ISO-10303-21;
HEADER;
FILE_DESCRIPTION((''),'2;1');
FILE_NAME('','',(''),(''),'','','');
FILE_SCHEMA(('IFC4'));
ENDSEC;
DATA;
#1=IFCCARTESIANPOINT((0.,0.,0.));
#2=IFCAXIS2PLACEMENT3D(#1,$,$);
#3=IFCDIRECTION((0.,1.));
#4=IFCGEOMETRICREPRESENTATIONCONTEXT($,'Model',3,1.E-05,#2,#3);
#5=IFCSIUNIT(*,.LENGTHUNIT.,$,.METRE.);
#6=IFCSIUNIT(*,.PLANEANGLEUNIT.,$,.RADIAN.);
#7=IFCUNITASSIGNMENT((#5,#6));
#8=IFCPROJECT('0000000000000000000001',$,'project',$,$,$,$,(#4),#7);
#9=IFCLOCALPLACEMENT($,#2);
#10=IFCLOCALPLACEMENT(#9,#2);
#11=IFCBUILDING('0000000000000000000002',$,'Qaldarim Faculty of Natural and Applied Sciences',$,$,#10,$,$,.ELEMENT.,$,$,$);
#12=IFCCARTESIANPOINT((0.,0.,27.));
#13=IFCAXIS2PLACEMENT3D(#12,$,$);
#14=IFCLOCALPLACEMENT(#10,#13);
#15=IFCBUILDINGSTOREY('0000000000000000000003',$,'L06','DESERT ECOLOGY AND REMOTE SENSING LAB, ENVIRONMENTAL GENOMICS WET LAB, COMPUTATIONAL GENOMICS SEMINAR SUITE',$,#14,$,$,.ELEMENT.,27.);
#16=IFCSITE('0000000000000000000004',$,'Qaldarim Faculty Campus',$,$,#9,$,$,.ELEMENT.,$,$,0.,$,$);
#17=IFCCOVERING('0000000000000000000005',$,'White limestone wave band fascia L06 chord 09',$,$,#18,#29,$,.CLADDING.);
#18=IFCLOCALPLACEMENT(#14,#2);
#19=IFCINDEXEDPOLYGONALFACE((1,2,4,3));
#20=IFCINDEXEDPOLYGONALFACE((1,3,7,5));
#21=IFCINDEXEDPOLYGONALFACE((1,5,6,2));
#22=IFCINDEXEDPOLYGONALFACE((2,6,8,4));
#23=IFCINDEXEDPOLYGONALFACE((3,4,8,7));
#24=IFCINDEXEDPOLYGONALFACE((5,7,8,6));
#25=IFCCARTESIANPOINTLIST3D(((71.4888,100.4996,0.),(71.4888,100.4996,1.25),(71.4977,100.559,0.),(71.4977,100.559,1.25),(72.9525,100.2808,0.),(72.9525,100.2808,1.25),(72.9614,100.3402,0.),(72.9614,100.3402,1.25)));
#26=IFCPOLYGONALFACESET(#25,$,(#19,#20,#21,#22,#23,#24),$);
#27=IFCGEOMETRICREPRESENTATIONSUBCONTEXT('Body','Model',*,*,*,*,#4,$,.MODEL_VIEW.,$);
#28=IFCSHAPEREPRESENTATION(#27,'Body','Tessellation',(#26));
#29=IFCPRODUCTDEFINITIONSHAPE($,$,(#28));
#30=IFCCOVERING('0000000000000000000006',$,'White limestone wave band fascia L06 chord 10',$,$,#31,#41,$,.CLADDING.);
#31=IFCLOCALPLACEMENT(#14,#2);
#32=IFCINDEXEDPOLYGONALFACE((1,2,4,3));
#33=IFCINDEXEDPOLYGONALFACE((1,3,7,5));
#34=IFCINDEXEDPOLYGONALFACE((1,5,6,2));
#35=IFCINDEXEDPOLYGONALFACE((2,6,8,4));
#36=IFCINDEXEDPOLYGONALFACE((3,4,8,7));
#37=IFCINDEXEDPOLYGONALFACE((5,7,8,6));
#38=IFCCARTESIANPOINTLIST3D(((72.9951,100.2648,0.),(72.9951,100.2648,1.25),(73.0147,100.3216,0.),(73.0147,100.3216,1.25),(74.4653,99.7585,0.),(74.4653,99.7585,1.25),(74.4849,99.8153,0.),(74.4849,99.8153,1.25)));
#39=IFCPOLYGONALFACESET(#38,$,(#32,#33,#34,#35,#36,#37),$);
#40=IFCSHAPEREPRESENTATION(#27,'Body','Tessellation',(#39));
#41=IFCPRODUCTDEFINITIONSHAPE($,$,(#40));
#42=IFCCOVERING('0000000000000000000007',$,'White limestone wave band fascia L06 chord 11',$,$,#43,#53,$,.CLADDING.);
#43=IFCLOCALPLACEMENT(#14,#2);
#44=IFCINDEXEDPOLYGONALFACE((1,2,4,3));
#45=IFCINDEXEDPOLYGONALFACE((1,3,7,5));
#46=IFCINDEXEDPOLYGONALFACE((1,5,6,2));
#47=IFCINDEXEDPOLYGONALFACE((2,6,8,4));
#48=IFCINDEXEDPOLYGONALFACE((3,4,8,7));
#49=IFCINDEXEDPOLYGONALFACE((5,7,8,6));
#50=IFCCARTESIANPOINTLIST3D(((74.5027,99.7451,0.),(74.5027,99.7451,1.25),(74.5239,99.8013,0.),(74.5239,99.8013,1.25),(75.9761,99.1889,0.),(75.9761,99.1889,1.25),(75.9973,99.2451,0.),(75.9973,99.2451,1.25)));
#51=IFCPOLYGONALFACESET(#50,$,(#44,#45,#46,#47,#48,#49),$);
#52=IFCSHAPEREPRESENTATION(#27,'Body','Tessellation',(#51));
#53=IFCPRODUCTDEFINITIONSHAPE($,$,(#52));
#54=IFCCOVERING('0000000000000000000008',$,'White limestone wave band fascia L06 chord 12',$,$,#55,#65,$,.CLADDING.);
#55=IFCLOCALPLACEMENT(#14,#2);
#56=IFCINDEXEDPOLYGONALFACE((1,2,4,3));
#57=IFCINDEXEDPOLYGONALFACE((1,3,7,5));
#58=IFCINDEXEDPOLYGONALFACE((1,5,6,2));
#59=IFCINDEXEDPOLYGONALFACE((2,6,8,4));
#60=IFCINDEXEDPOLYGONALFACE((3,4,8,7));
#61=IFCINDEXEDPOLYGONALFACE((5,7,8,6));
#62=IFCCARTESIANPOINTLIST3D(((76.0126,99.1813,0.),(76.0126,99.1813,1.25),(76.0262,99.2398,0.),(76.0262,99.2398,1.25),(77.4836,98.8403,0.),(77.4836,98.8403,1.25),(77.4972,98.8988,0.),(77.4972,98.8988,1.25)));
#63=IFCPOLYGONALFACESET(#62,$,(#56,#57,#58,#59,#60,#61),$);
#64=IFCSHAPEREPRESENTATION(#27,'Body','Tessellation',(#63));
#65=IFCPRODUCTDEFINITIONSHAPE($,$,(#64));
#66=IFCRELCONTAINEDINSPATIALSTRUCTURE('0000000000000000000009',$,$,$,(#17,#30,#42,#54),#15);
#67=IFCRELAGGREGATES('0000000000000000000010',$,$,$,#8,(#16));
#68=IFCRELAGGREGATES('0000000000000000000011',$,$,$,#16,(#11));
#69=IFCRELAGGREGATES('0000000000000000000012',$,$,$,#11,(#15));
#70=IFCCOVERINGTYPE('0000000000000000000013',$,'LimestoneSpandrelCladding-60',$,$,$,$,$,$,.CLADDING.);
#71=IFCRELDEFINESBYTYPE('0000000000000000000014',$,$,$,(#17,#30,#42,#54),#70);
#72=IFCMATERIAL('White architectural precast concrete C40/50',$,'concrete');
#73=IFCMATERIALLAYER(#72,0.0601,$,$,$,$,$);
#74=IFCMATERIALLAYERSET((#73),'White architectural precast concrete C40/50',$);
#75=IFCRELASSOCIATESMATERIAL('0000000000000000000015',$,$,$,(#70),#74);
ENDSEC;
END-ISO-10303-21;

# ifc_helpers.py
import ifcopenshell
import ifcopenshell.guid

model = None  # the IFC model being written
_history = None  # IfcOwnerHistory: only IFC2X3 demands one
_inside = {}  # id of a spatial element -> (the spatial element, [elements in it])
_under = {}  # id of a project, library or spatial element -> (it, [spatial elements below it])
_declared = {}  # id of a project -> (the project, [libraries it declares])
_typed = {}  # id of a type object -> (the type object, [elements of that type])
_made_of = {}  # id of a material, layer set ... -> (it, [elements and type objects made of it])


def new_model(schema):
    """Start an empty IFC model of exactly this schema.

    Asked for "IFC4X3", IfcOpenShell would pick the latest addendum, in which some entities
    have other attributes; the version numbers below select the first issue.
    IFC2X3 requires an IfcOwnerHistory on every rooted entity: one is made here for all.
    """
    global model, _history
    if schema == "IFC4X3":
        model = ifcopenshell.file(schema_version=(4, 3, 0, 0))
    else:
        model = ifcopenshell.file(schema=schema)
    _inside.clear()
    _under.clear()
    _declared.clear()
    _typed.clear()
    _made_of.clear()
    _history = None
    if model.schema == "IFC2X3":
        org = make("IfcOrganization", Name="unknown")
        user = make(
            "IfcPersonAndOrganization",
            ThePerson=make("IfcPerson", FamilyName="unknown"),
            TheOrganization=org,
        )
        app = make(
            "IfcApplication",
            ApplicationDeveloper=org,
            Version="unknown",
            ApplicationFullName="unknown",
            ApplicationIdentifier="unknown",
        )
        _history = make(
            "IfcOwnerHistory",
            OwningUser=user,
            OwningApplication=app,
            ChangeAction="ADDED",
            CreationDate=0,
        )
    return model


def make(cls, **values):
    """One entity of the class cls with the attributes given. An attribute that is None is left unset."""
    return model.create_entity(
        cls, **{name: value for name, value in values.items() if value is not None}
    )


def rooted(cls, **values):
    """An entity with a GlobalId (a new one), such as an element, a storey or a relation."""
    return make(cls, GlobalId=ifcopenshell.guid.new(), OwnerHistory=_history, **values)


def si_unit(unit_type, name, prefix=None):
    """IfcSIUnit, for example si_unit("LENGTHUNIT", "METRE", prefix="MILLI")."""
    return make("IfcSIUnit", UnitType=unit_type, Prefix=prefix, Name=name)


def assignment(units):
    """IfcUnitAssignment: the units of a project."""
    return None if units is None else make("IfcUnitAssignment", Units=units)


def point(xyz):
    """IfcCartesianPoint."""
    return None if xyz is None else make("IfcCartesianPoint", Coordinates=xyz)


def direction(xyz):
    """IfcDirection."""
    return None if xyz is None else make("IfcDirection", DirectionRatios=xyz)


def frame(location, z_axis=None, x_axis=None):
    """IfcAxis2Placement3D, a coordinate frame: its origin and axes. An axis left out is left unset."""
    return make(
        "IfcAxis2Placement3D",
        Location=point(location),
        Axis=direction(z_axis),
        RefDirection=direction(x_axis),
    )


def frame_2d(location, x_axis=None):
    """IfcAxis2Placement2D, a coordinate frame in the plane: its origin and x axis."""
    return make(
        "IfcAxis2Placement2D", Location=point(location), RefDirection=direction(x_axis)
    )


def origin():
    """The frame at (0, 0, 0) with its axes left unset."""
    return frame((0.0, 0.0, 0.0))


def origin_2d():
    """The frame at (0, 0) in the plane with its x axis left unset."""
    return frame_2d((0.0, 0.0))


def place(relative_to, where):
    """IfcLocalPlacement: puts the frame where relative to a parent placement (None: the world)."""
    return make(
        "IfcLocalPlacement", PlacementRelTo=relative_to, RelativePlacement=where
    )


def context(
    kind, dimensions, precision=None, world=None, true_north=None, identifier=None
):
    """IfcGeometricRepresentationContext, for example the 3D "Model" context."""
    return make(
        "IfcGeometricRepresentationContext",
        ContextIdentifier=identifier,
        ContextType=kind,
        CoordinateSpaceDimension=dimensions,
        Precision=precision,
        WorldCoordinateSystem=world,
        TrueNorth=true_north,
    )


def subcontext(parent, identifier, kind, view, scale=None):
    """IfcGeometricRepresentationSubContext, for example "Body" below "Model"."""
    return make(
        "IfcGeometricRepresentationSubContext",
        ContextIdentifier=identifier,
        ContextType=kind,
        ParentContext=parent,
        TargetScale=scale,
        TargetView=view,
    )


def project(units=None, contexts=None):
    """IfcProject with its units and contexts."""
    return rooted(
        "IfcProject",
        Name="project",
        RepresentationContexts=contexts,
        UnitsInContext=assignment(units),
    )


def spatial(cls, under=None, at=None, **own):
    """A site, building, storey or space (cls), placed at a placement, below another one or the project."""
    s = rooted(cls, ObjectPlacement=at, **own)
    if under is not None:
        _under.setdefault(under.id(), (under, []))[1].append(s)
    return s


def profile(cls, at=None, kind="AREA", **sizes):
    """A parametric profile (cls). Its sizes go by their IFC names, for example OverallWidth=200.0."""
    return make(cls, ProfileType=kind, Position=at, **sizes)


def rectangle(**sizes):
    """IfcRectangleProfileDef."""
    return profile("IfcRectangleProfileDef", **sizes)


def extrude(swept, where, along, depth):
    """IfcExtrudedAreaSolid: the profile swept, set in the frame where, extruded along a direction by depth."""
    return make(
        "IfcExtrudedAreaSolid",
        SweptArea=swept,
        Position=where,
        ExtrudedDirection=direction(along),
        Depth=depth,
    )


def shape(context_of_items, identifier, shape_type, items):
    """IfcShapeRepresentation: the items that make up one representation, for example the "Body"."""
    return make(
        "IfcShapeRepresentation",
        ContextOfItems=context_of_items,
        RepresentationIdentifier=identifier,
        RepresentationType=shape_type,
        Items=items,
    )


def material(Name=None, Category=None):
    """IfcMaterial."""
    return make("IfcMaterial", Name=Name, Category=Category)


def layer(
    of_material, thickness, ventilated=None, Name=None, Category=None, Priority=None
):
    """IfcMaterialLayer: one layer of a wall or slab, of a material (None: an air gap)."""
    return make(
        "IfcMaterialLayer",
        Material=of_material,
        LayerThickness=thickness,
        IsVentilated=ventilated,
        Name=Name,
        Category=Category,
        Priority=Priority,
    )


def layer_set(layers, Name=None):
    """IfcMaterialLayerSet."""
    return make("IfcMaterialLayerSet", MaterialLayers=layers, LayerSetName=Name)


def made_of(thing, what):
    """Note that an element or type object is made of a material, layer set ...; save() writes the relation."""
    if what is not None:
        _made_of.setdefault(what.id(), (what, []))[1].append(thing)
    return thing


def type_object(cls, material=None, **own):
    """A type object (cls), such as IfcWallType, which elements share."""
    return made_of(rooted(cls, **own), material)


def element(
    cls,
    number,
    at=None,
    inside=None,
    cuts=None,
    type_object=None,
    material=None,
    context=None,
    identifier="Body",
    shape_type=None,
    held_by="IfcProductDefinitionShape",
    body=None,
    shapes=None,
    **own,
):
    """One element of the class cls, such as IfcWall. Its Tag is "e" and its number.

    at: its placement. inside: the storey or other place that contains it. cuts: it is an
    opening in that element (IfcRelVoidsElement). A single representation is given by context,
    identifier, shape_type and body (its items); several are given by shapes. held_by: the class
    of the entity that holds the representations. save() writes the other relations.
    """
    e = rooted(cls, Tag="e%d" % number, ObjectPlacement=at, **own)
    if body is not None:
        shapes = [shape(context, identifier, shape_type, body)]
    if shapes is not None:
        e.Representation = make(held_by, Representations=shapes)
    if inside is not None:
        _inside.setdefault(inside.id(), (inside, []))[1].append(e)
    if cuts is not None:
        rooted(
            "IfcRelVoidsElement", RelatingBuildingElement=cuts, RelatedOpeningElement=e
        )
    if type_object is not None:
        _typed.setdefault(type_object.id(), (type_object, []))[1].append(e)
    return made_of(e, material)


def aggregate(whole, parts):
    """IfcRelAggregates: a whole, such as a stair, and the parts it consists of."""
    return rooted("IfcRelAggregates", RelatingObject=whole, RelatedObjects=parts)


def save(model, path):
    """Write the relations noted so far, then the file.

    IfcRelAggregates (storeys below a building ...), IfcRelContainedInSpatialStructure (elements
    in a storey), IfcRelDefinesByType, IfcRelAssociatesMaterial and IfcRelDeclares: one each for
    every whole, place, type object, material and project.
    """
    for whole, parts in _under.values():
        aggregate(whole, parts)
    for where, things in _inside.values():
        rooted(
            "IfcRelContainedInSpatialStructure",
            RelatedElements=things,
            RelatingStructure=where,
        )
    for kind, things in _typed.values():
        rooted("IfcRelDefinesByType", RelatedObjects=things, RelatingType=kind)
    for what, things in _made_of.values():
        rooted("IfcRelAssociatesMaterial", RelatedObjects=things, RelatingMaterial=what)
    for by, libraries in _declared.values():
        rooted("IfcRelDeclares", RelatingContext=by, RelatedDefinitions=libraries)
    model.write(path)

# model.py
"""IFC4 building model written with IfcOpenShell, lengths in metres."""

from ifc_helpers import new_model, si_unit, direction, frame, origin, origin_2d, place, context, subcontext, project, spatial, rectangle, extrude, material, layer, layer_set, type_object, element, save


model = new_model("IFC4")

# Units and contexts
model_context = context("Model", 3, precision=1e-05, world=origin(), true_north=direction((0.0, 1.0)))
body_context = subcontext(model_context, "Body", "Model", "MODEL_VIEW")
ifc_project = project(units=[si_unit("LENGTHUNIT", "METRE"), si_unit("PLANEANGLEUNIT", "RADIAN")], contexts=[model_context])

# Site, building, storey
site_placement = place(None, origin())
site = spatial("IfcSite", under=ifc_project, at=site_placement, Name="Qaldarim Faculty Campus", CompositionType="ELEMENT", RefElevation=0.0)
building_placement = place(site_placement, origin())
building = spatial("IfcBuilding", under=site, at=building_placement, Name="Qaldarim Faculty of Natural and Applied Sciences", CompositionType="ELEMENT")
storey_placement = place(building_placement, frame((0.0, 0.0, 27.0)))
storey = spatial("IfcBuildingStorey", under=building, at=storey_placement, Name="L06", Description="DESERT ECOLOGY AND REMOTE SENSING LAB, ENVIRONMENTAL GENOMICS WET LAB, COMPUTATIONAL GENOMICS SEMINAR SUITE", CompositionType="ELEMENT", Elevation=27.0)

# Shared definitions
ifc_material = material(Name="White architectural precast concrete C40/50", Category="concrete")

# Coverings
ifc_layer_1 = layer(ifc_material, 0.0601)
ifc_layer_set_1 = layer_set([ifc_layer_1], Name="White architectural precast concrete C40/50")
covering_type = type_object("IfcCoveringType", Name="LimestoneSpandrelCladding-60", PredefinedType="CLADDING", material=ifc_layer_set_1)
for number, where, z_axis, x_axis, name in (
    (1, (72.2251, 100.4199, 0.0), (0.0, 0.0, 1.0), (0.989008, -0.147861, 0.0), "White limestone wave band fascia L06 chord 09"),
):
    element("IfcCovering", number, at=place(storey_placement, frame(where, z_axis=z_axis, x_axis=x_axis)), inside=storey, type_object=covering_type, Name=name, PredefinedType="CLADDING", context=body_context, shape_type="SweptSolid", body=[
        extrude(rectangle(XDim=1.48, YDim=0.0601, at=origin_2d()), origin(), (0.0, 0.0, 1.0), 1.25),
    ])
covering_1_placement = place(storey_placement, frame((73.74, 100.04, 0.0), z_axis=(0.0, 0.0, 1.0), x_axis=(0.945507, -0.325601, 0.0)))
element("IfcCovering", 2, at=covering_1_placement, inside=storey, type_object=covering_type, Name="White limestone wave band fascia L06 chord 10", PredefinedType="CLADDING", context=body_context, shape_type="SweptSolid", body=[
    extrude(rectangle(XDim=1.5549, YDim=0.0601, at=origin_2d()), origin(), (0.0, 0.0, 1.0), 1.25),
])
covering_2_placement = place(storey_placement, frame((75.25, 99.4951, 0.0), z_axis=(0.0, 0.0, 1.0), x_axis=(0.935561, -0.353165, 0.0)))
element("IfcCovering", 3, at=covering_2_placement, inside=storey, type_object=covering_type, Name="White limestone wave band fascia L06 chord 11", PredefinedType="CLADDING", context=body_context, shape_type="SweptSolid", body=[
    extrude(rectangle(XDim=1.575, YDim=0.0601, at=origin_2d()), origin(), (0.0, 0.0, 1.0), 1.25),
])
covering_3_placement = place(storey_placement, frame((76.7549, 99.04, 0.0), z_axis=(0.0, 0.0, 1.0), x_axis=(0.974173, -0.225801, 0.0)))
element("IfcCovering", 4, at=covering_3_placement, inside=storey, type_object=covering_type, Name="White limestone wave band fascia L06 chord 12", PredefinedType="CLADDING", context=body_context, shape_type="SweptSolid", body=[
    extrude(rectangle(XDim=1.51, YDim=0.0601, at=origin_2d()), origin(), (0.0, 0.0, 1.0), 1.25),
])

save(model, "model.ifc")
